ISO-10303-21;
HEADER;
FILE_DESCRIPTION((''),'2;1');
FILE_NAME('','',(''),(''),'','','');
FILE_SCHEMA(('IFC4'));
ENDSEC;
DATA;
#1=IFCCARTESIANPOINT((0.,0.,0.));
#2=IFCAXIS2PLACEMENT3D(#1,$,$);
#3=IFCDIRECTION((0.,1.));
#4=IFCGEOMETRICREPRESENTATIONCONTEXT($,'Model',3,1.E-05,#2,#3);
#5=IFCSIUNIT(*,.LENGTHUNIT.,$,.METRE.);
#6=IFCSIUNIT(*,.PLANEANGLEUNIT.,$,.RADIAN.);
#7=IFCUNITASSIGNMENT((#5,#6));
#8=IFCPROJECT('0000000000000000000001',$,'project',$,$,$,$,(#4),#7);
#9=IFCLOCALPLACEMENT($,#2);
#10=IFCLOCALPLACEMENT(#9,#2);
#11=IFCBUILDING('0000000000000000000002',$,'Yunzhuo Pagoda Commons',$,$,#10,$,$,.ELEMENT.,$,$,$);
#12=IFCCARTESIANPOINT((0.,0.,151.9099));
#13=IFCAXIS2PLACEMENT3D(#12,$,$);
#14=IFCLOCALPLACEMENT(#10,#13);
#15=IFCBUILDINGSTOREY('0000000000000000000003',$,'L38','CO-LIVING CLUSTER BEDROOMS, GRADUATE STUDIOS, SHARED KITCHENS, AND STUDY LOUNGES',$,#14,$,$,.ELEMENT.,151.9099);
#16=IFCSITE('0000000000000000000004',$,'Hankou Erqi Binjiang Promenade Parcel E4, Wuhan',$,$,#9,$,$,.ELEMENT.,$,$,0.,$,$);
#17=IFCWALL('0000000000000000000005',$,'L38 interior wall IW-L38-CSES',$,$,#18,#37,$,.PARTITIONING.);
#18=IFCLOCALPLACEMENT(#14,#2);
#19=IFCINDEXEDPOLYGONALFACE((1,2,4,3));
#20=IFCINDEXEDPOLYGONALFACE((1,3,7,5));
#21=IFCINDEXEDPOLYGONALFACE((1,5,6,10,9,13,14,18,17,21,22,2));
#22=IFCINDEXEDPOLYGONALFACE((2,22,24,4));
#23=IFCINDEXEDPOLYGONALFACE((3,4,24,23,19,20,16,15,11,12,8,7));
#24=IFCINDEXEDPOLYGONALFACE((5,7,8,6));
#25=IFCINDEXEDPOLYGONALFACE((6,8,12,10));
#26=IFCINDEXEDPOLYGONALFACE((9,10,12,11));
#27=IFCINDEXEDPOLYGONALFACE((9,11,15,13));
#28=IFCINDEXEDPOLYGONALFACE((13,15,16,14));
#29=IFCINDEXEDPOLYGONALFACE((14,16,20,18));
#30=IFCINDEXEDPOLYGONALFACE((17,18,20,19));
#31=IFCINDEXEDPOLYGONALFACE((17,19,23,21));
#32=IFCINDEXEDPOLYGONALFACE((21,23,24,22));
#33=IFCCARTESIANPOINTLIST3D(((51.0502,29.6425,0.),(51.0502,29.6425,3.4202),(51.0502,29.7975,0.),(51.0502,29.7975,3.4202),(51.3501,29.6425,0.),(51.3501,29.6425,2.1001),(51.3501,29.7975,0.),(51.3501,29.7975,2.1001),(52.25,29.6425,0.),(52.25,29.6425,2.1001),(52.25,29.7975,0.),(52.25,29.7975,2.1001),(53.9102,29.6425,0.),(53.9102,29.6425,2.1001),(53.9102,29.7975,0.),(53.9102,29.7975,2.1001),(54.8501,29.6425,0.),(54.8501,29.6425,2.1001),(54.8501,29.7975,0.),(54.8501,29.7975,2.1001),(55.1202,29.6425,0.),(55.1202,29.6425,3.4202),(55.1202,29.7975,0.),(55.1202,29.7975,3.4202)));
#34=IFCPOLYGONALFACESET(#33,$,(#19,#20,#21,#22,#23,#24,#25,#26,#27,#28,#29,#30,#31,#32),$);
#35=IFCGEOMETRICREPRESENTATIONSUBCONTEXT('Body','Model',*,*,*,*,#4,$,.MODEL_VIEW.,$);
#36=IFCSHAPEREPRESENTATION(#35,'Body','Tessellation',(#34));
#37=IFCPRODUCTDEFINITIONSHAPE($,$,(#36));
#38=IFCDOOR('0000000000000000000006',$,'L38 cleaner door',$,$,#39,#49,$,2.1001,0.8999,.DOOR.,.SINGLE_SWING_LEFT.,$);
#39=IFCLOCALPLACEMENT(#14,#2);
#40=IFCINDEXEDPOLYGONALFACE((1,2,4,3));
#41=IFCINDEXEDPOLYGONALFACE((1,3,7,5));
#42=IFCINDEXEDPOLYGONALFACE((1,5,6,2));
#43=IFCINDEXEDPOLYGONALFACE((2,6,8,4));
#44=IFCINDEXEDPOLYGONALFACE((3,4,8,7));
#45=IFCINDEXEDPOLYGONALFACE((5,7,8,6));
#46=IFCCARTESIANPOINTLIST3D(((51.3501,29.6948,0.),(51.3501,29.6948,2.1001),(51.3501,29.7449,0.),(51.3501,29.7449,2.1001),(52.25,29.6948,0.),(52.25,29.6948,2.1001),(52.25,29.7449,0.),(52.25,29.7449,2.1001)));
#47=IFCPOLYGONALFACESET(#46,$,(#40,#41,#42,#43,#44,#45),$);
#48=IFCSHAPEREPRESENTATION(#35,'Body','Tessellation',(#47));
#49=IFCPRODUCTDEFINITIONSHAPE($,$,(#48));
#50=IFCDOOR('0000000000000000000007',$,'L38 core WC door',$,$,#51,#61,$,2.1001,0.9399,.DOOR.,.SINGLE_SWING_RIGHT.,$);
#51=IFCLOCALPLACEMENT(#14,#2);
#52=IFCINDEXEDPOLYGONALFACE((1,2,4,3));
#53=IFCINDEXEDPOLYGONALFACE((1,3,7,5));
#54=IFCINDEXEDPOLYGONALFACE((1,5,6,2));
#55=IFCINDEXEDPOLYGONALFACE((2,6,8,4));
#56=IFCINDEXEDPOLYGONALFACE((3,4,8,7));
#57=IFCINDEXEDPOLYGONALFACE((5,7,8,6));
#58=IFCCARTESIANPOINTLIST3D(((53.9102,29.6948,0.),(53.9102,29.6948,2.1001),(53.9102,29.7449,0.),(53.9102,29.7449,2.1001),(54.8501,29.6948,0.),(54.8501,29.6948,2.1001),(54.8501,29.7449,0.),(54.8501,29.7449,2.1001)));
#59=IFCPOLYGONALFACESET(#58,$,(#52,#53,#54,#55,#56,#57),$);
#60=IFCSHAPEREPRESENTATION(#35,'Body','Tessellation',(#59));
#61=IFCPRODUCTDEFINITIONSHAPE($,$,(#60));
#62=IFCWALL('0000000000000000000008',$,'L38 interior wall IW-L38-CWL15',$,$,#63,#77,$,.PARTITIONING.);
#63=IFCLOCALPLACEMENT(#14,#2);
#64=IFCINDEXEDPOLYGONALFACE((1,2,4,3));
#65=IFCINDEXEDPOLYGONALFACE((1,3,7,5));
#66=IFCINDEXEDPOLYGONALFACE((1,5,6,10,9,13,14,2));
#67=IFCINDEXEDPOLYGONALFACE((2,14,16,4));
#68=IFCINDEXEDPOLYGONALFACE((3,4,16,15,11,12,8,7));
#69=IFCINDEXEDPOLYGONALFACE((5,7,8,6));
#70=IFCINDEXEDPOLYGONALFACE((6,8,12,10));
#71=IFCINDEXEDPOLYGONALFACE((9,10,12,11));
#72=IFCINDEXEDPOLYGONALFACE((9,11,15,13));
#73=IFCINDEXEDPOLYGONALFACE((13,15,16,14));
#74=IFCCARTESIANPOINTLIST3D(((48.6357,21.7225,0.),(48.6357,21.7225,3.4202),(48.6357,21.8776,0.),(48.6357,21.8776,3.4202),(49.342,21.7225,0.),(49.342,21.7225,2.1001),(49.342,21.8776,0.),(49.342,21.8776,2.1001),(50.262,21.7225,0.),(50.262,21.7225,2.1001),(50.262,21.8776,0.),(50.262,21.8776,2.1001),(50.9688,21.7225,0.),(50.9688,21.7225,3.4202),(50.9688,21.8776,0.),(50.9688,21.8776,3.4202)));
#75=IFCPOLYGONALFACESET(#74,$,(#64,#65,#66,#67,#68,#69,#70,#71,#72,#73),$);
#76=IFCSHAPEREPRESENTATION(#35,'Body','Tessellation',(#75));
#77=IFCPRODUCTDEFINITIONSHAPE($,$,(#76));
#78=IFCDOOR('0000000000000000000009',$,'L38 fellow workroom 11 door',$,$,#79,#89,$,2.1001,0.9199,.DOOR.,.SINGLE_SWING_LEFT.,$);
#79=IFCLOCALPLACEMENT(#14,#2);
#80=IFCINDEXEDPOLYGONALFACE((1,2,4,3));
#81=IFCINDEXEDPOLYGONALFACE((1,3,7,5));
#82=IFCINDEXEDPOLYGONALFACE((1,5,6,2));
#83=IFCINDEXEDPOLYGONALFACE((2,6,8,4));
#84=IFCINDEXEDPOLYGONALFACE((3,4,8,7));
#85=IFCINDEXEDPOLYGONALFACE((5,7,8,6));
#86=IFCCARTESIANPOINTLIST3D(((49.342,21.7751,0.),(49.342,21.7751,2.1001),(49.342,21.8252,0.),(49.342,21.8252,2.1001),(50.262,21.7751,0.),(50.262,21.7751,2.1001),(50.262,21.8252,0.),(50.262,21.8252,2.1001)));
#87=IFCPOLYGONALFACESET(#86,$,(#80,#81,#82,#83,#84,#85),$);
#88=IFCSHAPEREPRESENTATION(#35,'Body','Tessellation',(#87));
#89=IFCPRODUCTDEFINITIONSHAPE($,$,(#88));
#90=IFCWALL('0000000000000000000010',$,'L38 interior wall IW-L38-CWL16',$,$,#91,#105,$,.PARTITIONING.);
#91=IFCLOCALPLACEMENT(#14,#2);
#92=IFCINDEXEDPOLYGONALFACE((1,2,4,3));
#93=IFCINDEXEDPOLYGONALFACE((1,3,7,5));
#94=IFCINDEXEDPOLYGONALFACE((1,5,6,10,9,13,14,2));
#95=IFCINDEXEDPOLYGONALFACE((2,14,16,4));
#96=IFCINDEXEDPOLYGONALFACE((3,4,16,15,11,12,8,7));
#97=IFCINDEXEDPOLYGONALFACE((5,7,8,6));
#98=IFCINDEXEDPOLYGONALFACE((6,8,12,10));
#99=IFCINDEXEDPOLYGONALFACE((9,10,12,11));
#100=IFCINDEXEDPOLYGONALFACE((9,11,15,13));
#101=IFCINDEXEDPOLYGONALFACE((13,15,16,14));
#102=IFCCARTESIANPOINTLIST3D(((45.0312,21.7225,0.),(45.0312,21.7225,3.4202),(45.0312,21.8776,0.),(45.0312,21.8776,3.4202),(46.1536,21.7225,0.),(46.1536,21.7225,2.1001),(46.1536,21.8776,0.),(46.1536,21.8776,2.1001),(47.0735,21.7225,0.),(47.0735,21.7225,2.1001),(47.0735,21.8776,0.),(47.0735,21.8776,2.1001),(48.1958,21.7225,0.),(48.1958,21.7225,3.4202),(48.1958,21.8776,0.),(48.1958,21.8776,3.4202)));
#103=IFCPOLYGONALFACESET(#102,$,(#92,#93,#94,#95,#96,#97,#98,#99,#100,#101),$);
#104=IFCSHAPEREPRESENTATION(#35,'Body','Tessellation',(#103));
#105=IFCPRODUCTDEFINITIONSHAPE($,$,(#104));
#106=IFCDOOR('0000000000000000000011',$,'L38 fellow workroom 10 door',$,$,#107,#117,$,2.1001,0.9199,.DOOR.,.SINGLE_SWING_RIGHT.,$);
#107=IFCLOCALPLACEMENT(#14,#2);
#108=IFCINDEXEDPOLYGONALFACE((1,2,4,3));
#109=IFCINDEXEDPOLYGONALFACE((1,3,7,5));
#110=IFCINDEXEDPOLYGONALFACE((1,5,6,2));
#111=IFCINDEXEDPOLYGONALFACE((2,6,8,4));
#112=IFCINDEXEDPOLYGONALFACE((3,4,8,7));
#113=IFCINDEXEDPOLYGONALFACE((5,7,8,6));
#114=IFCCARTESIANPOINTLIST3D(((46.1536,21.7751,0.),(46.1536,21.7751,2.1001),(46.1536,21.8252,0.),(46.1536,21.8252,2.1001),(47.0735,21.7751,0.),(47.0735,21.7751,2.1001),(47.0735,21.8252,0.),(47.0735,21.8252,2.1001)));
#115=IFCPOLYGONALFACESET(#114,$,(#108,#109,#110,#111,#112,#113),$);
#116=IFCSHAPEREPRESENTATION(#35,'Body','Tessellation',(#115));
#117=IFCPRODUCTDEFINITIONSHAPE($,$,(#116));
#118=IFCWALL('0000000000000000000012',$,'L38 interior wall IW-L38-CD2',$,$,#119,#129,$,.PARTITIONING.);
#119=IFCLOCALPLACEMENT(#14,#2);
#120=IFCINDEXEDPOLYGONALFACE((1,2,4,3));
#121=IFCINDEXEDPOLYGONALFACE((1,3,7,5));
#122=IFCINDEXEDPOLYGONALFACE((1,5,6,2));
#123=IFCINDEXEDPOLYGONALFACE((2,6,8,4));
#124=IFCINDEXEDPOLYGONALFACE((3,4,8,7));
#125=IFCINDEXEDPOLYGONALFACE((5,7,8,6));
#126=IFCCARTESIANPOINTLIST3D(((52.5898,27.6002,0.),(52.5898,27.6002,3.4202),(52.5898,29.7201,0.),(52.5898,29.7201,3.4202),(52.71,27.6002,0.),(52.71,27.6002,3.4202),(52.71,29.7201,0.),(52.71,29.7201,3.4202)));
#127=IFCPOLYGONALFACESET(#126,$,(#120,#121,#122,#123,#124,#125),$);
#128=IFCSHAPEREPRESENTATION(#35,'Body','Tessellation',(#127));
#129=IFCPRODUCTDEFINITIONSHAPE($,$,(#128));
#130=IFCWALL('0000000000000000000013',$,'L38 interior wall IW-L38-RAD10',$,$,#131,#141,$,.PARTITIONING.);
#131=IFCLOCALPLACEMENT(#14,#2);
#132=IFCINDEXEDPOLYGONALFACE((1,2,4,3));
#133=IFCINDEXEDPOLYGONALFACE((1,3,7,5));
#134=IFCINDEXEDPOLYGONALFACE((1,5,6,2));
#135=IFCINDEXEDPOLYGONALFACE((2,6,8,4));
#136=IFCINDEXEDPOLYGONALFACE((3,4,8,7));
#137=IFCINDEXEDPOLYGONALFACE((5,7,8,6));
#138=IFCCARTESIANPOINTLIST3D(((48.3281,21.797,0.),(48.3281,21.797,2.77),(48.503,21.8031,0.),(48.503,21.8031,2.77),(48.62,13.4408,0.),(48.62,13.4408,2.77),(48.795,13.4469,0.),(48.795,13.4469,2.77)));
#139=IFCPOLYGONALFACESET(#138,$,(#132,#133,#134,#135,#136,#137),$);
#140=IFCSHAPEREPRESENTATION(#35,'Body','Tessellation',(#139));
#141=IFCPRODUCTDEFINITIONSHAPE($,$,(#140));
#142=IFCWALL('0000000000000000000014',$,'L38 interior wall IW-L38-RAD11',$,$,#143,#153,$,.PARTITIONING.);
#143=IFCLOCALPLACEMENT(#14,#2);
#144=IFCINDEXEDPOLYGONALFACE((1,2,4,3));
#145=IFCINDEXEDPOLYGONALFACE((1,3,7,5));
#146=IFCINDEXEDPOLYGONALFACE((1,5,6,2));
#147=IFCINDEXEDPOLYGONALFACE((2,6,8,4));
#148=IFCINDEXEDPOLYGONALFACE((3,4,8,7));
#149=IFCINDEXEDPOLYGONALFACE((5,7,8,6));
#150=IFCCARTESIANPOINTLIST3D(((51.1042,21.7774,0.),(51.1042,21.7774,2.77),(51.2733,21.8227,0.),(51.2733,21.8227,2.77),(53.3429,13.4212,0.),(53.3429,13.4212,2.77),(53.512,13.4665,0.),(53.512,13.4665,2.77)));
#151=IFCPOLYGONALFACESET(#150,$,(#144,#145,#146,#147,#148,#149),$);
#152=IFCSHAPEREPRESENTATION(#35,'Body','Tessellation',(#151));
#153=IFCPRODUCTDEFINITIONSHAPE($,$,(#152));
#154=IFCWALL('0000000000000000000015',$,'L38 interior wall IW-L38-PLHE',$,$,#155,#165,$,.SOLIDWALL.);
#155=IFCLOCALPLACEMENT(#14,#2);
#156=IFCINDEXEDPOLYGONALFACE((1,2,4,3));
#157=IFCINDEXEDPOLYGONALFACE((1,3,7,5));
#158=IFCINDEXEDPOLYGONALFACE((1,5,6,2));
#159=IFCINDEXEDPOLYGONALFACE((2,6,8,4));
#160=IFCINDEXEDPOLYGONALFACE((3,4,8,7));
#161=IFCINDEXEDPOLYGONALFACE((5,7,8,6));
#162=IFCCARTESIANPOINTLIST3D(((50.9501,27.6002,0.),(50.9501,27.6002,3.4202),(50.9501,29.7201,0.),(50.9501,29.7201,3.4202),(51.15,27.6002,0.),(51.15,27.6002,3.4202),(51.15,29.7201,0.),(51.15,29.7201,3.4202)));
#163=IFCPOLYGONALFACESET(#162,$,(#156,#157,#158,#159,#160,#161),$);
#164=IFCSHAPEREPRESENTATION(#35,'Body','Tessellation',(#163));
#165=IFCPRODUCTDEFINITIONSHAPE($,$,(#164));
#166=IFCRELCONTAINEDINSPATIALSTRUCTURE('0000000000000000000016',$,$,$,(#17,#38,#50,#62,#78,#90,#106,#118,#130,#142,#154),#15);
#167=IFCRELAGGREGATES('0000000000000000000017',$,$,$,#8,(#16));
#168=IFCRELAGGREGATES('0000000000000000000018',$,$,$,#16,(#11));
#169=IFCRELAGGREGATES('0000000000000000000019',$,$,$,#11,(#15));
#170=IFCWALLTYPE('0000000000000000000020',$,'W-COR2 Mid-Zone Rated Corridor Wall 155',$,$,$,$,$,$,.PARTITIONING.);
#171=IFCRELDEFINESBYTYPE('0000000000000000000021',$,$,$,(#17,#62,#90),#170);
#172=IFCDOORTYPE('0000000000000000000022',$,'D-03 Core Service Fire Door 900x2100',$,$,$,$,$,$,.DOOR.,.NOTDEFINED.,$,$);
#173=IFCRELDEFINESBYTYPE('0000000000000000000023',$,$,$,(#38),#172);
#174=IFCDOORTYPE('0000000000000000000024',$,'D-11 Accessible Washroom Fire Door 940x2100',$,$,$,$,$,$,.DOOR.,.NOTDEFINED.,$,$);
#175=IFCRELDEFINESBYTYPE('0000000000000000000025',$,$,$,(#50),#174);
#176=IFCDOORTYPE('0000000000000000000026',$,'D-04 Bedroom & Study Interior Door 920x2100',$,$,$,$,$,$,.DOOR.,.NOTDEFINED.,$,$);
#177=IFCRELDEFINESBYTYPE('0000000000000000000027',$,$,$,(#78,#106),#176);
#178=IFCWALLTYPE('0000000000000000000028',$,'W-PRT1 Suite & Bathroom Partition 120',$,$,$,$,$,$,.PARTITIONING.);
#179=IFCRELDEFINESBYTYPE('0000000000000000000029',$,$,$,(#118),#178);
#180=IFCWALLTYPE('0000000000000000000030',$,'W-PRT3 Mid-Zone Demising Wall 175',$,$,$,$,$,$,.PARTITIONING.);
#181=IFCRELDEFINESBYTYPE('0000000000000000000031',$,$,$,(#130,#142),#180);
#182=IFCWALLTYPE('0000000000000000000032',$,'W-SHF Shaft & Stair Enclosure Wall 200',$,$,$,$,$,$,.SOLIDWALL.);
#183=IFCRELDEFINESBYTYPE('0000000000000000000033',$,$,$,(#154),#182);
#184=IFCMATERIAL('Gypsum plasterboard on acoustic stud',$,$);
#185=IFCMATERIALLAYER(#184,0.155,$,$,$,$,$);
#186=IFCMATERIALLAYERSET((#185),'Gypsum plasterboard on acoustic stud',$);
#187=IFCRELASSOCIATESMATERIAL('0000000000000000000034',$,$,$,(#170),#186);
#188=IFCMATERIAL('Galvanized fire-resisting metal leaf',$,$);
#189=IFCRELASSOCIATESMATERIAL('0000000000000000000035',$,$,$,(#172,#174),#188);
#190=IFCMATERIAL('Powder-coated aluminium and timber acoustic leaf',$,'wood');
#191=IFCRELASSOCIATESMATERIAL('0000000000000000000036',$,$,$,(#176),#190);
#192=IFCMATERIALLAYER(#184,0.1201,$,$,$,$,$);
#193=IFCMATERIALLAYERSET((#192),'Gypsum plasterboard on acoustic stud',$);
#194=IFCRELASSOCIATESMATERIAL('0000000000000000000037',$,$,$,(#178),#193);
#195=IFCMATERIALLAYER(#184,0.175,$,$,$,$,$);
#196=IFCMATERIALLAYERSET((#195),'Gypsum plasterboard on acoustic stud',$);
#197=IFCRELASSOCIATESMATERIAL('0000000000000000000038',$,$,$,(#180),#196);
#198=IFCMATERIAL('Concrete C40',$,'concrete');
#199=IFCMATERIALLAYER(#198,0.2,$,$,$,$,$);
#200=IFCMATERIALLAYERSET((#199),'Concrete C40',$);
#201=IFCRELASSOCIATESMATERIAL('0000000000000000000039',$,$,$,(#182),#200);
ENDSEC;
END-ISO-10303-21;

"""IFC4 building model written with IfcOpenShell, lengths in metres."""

from ifc_helpers import new_model, si_unit, direction, frame, frame_2d, origin, origin_with_axes, place, context, subcontext, project, spatial, rectangle, extrude, source, transform, mapped, material, layer, layer_set, type_object, element, fill, save


model = new_model("IFC4")

# Units and contexts
model_context = context("Model", 3, precision=1e-05, world=origin(), true_north=direction((0.0, 1.0)))
body_context = subcontext(model_context, "Body", "Model", "MODEL_VIEW")
ifc_project = project(units=[si_unit("LENGTHUNIT", "METRE"), si_unit("PLANEANGLEUNIT", "RADIAN")], contexts=[model_context])

# Site, building, storey
site_placement = place(None, origin())
site = spatial("IfcSite", under=ifc_project, at=site_placement, Name="Hankou Erqi Binjiang Promenade Parcel E4, Wuhan", CompositionType="ELEMENT", RefElevation=0.0)
building_placement = place(site_placement, origin())
building = spatial("IfcBuilding", under=site, at=building_placement, Name="Yunzhuo Pagoda Commons", CompositionType="ELEMENT")
storey_placement = place(building_placement, frame((0.0, 0.0, 151.9099)))
storey = spatial("IfcBuildingStorey", under=building, at=storey_placement, Name="L38", Description="CO-LIVING CLUSTER BEDROOMS, GRADUATE STUDIOS, SHARED KITCHENS, AND STUDY LOUNGES", CompositionType="ELEMENT", Elevation=151.9099)

# Wall, openings, doors
ifc_material_1 = material(Name="Gypsum plasterboard on acoustic stud")
ifc_layer_1 = layer(ifc_material_1, 0.155)
ifc_layer_set_1 = layer_set([ifc_layer_1], Name="Gypsum plasterboard on acoustic stud")
wall_type_1 = type_object("IfcWallType", Name="W-COR2 Mid-Zone Rated Corridor Wall 155", PredefinedType="PARTITIONING", material=ifc_layer_set_1)
wall_1_placement = place(storey_placement, frame((51.05, 29.72, 0.0), z_axis=(0.0, 0.0, 1.0), x_axis=(1.0, 0.0, 0.0)))
wall_1 = element("IfcWall", 1, at=wall_1_placement, inside=storey, type_object=wall_type_1, Name="L38 interior wall IW-L38-CSES", PredefinedType="PARTITIONING", context=body_context, shape_type="SweptSolid", body=[
    extrude(rectangle(XDim=4.0701, YDim=0.155, at=frame_2d((2.0352, 0.0))), origin(), (0.0, 0.0, 1.0), 3.4202),
])
opening_1_placement = place(wall_1_placement, frame((0.3, 0.0, 0.0)))
opening_1 = element("IfcOpeningElement", 2, at=opening_1_placement, cuts=wall_1, PredefinedType="OPENING", context=body_context, shape_type="SweptSolid", body=[
    extrude(rectangle(XDim=0.8999, YDim=2.1001, at=frame_2d((0.45, 1.05))), frame((0.0, 0.0874, 0.0), z_axis=(0.0, -1.0, 0.0), x_axis=(1.0, 0.0, 0.0)), (0.0, 0.0, 1.0), 0.175),
])
opening_2_placement = place(wall_1_placement, frame((2.8601, 0.0, 0.0)))
opening_2 = element("IfcOpeningElement", 3, at=opening_2_placement, cuts=wall_1, PredefinedType="OPENING", context=body_context, shape_type="SweptSolid", body=[
    extrude(rectangle(XDim=0.9399, YDim=2.1001, at=frame_2d((0.47, 1.05))), frame((0.0, 0.0874, 0.0), z_axis=(0.0, -1.0, 0.0), x_axis=(1.0, 0.0, 0.0)), (0.0, 0.0, 1.0), 0.175),
])
ifc_material_2 = material(Name="Galvanized fire-resisting metal leaf")
door_type_1 = type_object("IfcDoorType", Name="D-03 Core Service Fire Door 900x2100", OperationType="NOTDEFINED", PredefinedType="DOOR", material=ifc_material_2)
shared_shape_1 = source(origin(), body_context, "Body", "SweptSolid", [
    extrude(rectangle(XDim=0.8999, YDim=2.1001, at=frame_2d((0.45, 1.05))), frame((0.0, 0.0249, 0.0), z_axis=(0.0, -1.0, 0.0), x_axis=(1.0, 0.0, 0.0)), (0.0, 0.0, 1.0), 0.05),
])
door_1_placement = place(opening_1_placement, origin_with_axes())
door_1 = element("IfcDoor", 4, at=door_1_placement, inside=storey, type_object=door_type_1, Name="L38 cleaner door", OperationType="SINGLE_SWING_LEFT", OverallHeight=2.1001, OverallWidth=0.8999, PredefinedType="DOOR", context=body_context, shape_type="MappedRepresentation", body=[
    mapped(shared_shape_1, transform((0.0, 0.0, 0.0), scale=1.0)),
])
fill(opening_1, door_1)
door_type_2 = type_object("IfcDoorType", Name="D-11 Accessible Washroom Fire Door 940x2100", OperationType="NOTDEFINED", PredefinedType="DOOR", material=ifc_material_2)
shared_shape_2 = source(origin(), body_context, "Body", "SweptSolid", [
    extrude(rectangle(XDim=0.9399, YDim=2.1001, at=frame_2d((0.47, 1.05))), frame((0.0, 0.0249, 0.0), z_axis=(0.0, -1.0, 0.0), x_axis=(1.0, 0.0, 0.0)), (0.0, 0.0, 1.0), 0.05),
])
door_2_placement = place(opening_2_placement, origin_with_axes())
door_2 = element("IfcDoor", 5, at=door_2_placement, inside=storey, type_object=door_type_2, Name="L38 core WC door", OperationType="SINGLE_SWING_RIGHT", OverallHeight=2.1001, OverallWidth=0.9399, PredefinedType="DOOR", context=body_context, shape_type="MappedRepresentation", body=[
    mapped(shared_shape_2, transform((0.0, 0.0, 0.0), scale=1.0)),
])
fill(opening_2, door_2)

# Walls, openings, doors
wall_2_placement = place(storey_placement, frame((50.9688, 21.8, 0.0), z_axis=(0.0, 0.0, 1.0), x_axis=(-1.0, 0.0, 0.0)))
wall_2 = element("IfcWall", 6, at=wall_2_placement, inside=storey, type_object=wall_type_1, Name="L38 interior wall IW-L38-CWL15", PredefinedType="PARTITIONING", context=body_context, shape_type="SweptSolid", body=[
    extrude(rectangle(XDim=2.333, YDim=0.155, at=frame_2d((1.1665, 0.0))), origin(), (0.0, 0.0, 1.0), 3.4202),
])
opening_3_placement = place(wall_2_placement, frame((0.7068, 0.0, 0.0)))
opening_3 = element("IfcOpeningElement", 7, at=opening_3_placement, cuts=wall_2, PredefinedType="OPENING", context=body_context, shape_type="SweptSolid", body=[
    extrude(rectangle(XDim=0.9199, YDim=2.1001, at=frame_2d((0.46, 1.05))), frame((0.0, 0.0874, 0.0), z_axis=(0.0, -1.0, 0.0), x_axis=(1.0, 0.0, 0.0)), (0.0, 0.0, 1.0), 0.175),
])
ifc_material_3 = material(Name="Powder-coated aluminium and timber acoustic leaf", Category="wood")
door_type_3 = type_object("IfcDoorType", Name="D-04 Bedroom & Study Interior Door 920x2100", OperationType="NOTDEFINED", PredefinedType="DOOR", material=ifc_material_3)
shared_shape_3 = source(origin(), body_context, "Body", "SweptSolid", [
    extrude(rectangle(XDim=0.9199, YDim=2.1001, at=frame_2d((0.46, 1.05))), frame((0.0, 0.0249, 0.0), z_axis=(0.0, -1.0, 0.0), x_axis=(1.0, 0.0, 0.0)), (0.0, 0.0, 1.0), 0.05),
])
door_3_placement = place(opening_3_placement, origin_with_axes())
door_3 = element("IfcDoor", 8, at=door_3_placement, inside=storey, type_object=door_type_3, Name="L38 fellow workroom 11 door", OperationType="SINGLE_SWING_LEFT", OverallHeight=2.1001, OverallWidth=0.9199, PredefinedType="DOOR", context=body_context, shape_type="MappedRepresentation", body=[
    mapped(shared_shape_3, transform((0.0, 0.0, 0.0), scale=1.0)),
])
fill(opening_3, door_3)
wall_3_placement = place(storey_placement, frame((48.1958, 21.8, 0.0), z_axis=(0.0, 0.0, 1.0), x_axis=(-1.0, 0.0, 0.0)))
wall_3 = element("IfcWall", 9, at=wall_3_placement, inside=storey, type_object=wall_type_1, Name="L38 interior wall IW-L38-CWL16", PredefinedType="PARTITIONING", context=body_context, shape_type="SweptSolid", body=[
    extrude(rectangle(XDim=3.1646, YDim=0.155, at=frame_2d((1.5823, 0.0))), origin(), (0.0, 0.0, 1.0), 3.4202),
])
opening_4_placement = place(wall_3_placement, frame((1.1223, 0.0, 0.0)))
opening_4 = element("IfcOpeningElement", 10, at=opening_4_placement, cuts=wall_3, PredefinedType="OPENING", context=body_context, shape_type="SweptSolid", body=[
    extrude(rectangle(XDim=0.9199, YDim=2.1001, at=frame_2d((0.46, 1.05))), frame((0.0, 0.0874, 0.0), z_axis=(0.0, -1.0, 0.0), x_axis=(1.0, 0.0, 0.0)), (0.0, 0.0, 1.0), 0.175),
])
door_4_placement = place(opening_4_placement, origin_with_axes())
door_4 = element("IfcDoor", 11, at=door_4_placement, inside=storey, type_object=door_type_3, Name="L38 fellow workroom 10 door", OperationType="SINGLE_SWING_RIGHT", OverallHeight=2.1001, OverallWidth=0.9199, PredefinedType="DOOR", context=body_context, shape_type="MappedRepresentation", body=[
    mapped(shared_shape_3, transform((0.0, 0.0, 0.0), scale=1.0)),
])
fill(opening_4, door_4)

# Walls
ifc_layer_2 = layer(ifc_material_1, 0.1201)
ifc_layer_set_2 = layer_set([ifc_layer_2], Name="Gypsum plasterboard on acoustic stud")
wall_type_2 = type_object("IfcWallType", Name="W-PRT1 Suite & Bathroom Partition 120", PredefinedType="PARTITIONING", material=ifc_layer_set_2)
wall_4_placement = place(storey_placement, frame((52.6499, 27.6001, 0.0), z_axis=(0.0, 0.0, 1.0), x_axis=(0.0, 1.0, 0.0)))
element("IfcWall", 12, at=wall_4_placement, inside=storey, type_object=wall_type_2, Name="L38 interior wall IW-L38-CD2", PredefinedType="PARTITIONING", context=body_context, shape_type="SweptSolid", body=[
    extrude(rectangle(XDim=2.1199, YDim=0.1201, at=frame_2d((1.0601, 0.0))), origin(), (0.0, 0.0, 1.0), 3.4202),
])
ifc_layer_3 = layer(ifc_material_1, 0.175)
ifc_layer_set_3 = layer_set([ifc_layer_3], Name="Gypsum plasterboard on acoustic stud")
wall_type_3 = type_object("IfcWallType", Name="W-PRT3 Mid-Zone Demising Wall 175", PredefinedType="PARTITIONING", material=ifc_layer_set_3)
wall_5_placement = place(storey_placement, frame((48.4155, 21.8, 0.0), z_axis=(0.0, 0.0, 1.0), x_axis=(0.034922, -0.99939, 0.0)))
element("IfcWall", 13, at=wall_5_placement, inside=storey, type_object=wall_type_3, Name="L38 interior wall IW-L38-RAD10", PredefinedType="PARTITIONING", context=body_context, shape_type="SweptSolid", body=[
    extrude(rectangle(XDim=8.3613, YDim=0.175, at=frame_2d((4.1807, 0.0))), origin(), (0.0, 0.0, 1.0), 2.77),
])
wall_6_placement = place(storey_placement, frame((51.1887, 21.8, 0.0), z_axis=(0.0, 0.0, 1.0), x_axis=(0.25879, -0.965934, 0.0)))
element("IfcWall", 14, at=wall_6_placement, inside=storey, type_object=wall_type_3, Name="L38 interior wall IW-L38-RAD11", PredefinedType="PARTITIONING", context=body_context, shape_type="SweptSolid", body=[
    extrude(rectangle(XDim=8.6509, YDim=0.175, at=frame_2d((4.3254, 0.0))), origin(), (0.0, 0.0, 1.0), 2.77),
])
ifc_material_4 = material(Name="Concrete C40", Category="concrete")
ifc_layer_4 = layer(ifc_material_4, 0.2)
ifc_layer_set_4 = layer_set([ifc_layer_4], Name="Concrete C40")
wall_type_4 = type_object("IfcWallType", Name="W-SHF Shaft & Stair Enclosure Wall 200", PredefinedType="SOLIDWALL", material=ifc_layer_set_4)
for number, where, z_axis, x_axis, name in (
    (15, (51.05, 27.6001, 0.0), (0.0, 0.0, 1.0), (0.0, 1.0, 0.0), "L38 interior wall IW-L38-PLHE"),
):
    element("IfcWall", number, at=place(storey_placement, frame(where, z_axis=z_axis, x_axis=x_axis)), inside=storey, type_object=wall_type_4, Name=name, PredefinedType="SOLIDWALL", context=body_context, shape_type="SweptSolid", body=[
        extrude(rectangle(XDim=2.1199, YDim=0.2, at=frame_2d((1.0601, 0.0))), origin(), (0.0, 0.0, 1.0), 3.4202),
    ])

save(model, "model.ifc")
